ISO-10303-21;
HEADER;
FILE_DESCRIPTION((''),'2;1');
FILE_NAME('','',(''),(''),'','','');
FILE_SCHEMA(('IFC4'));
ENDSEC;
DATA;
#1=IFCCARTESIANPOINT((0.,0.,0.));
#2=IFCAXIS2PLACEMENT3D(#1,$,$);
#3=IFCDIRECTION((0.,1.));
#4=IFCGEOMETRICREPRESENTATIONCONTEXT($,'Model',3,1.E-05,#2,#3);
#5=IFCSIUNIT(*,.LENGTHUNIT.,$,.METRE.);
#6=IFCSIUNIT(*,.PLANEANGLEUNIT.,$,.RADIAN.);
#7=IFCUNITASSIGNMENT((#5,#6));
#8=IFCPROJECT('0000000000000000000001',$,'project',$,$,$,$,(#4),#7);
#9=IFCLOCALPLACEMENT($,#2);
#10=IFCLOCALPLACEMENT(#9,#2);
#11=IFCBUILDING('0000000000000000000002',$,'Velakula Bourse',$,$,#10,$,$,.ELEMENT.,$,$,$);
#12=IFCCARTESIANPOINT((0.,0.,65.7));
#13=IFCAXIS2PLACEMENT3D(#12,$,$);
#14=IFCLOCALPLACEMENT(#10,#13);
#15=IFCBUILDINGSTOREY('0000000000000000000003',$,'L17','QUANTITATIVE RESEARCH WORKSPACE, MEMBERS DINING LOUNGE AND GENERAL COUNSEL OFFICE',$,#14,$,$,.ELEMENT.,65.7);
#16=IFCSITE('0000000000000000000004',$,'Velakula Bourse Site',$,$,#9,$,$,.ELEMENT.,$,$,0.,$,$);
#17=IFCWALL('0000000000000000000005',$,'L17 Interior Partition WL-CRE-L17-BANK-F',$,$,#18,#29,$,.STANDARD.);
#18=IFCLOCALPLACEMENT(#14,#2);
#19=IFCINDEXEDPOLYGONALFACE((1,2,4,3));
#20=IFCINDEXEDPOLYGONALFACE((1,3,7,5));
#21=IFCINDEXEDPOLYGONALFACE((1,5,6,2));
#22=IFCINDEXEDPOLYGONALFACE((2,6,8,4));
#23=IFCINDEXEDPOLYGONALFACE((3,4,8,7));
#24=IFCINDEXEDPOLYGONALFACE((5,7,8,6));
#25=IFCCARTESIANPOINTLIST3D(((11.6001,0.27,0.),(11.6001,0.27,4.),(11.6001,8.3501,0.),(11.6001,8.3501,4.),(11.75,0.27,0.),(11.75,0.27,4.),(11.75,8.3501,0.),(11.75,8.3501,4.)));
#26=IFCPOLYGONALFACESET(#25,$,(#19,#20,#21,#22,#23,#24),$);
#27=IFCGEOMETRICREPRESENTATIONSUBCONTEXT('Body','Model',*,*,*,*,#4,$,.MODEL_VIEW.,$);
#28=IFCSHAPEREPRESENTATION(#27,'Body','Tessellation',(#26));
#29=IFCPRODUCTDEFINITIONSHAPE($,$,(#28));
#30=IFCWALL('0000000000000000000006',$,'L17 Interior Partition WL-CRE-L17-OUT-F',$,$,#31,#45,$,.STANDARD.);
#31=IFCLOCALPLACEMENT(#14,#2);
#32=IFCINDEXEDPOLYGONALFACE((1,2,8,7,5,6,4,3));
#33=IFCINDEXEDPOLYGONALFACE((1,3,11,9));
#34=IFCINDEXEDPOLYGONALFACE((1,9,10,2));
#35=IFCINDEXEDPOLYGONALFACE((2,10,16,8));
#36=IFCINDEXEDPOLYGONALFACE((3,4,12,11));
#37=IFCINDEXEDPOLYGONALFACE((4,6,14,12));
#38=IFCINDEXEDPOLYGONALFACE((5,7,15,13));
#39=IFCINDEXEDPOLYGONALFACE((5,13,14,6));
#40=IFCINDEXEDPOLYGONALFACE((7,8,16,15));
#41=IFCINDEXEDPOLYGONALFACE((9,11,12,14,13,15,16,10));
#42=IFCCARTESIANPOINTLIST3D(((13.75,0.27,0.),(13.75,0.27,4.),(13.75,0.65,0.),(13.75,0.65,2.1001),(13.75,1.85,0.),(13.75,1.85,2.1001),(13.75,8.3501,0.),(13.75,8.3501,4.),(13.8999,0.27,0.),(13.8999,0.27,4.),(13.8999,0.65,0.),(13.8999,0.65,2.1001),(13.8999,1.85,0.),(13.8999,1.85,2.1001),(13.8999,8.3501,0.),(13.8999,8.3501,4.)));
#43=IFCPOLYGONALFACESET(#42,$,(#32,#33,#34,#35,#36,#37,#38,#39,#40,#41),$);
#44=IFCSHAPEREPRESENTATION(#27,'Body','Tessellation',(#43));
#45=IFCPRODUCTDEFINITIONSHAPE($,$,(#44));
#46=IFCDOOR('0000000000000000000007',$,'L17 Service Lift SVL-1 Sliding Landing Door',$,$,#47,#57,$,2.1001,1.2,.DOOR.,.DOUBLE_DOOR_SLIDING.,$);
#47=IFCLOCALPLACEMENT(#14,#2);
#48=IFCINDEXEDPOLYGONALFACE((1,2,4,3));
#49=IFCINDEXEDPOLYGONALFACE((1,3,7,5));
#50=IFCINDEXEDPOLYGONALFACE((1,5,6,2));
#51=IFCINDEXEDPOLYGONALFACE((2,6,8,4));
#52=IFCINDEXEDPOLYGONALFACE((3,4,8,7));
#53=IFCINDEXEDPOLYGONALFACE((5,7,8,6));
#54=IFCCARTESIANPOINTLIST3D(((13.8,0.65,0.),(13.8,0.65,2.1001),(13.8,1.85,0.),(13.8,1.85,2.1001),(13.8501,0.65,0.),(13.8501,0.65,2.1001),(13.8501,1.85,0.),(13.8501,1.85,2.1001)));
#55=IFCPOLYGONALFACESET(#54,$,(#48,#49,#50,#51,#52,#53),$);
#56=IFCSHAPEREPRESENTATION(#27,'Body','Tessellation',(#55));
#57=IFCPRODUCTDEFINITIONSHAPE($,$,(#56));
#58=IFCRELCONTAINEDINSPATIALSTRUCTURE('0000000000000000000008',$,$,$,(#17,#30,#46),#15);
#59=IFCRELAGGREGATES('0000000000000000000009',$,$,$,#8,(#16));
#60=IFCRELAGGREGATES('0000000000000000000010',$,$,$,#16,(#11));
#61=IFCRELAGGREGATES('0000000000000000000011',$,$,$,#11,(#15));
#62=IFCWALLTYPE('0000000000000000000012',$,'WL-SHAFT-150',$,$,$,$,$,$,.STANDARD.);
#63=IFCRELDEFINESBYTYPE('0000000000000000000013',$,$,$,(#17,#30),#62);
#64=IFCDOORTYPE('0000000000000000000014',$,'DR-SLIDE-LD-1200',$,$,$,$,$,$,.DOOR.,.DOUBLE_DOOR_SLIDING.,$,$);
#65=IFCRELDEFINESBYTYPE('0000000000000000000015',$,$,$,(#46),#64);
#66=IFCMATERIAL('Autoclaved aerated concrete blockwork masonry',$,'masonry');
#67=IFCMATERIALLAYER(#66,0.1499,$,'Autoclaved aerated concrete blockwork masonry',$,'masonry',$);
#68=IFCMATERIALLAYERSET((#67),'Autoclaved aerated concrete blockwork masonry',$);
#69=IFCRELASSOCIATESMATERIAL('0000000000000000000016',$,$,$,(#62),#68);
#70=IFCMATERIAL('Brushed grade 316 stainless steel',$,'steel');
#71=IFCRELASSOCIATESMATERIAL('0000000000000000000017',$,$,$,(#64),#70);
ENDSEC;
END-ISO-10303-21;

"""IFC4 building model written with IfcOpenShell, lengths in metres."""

from ifc_helpers import new_model, si_unit, direction, frame, frame_2d, origin, place, context, subcontext, project, spatial, rectangle, extrude, material, layer, layer_set, type_object, element, fill, save


model = new_model("IFC4")

# Units and contexts
model_context = context("Model", 3, precision=1e-05, world=origin(), true_north=direction((0.0, 1.0)))
body_context = subcontext(model_context, "Body", "Model", "MODEL_VIEW")
ifc_project = project(units=[si_unit("LENGTHUNIT", "METRE"), si_unit("PLANEANGLEUNIT", "RADIAN")], contexts=[model_context])

# Site, building, storey
site_placement = place(None, origin())
site = spatial("IfcSite", under=ifc_project, at=site_placement, Name="Velakula Bourse Site", CompositionType="ELEMENT", RefElevation=0.0)
building_placement = place(site_placement, origin())
building = spatial("IfcBuilding", under=site, at=building_placement, Name="Velakula Bourse", CompositionType="ELEMENT")
storey_placement = place(building_placement, frame((0.0, 0.0, 65.7)))
storey = spatial("IfcBuildingStorey", under=building, at=storey_placement, Name="L17", Description="QUANTITATIVE RESEARCH WORKSPACE, MEMBERS DINING LOUNGE AND GENERAL COUNSEL OFFICE", CompositionType="ELEMENT", Elevation=65.7)

# Wall
ifc_material_1 = material(Name="Autoclaved aerated concrete blockwork masonry", Category="masonry")
ifc_layer_1 = layer(ifc_material_1, 0.1499, Name="Autoclaved aerated concrete blockwork masonry", Category="masonry")
ifc_layer_set_1 = layer_set([ifc_layer_1], Name="Autoclaved aerated concrete blockwork masonry")
wall_type_1 = type_object("IfcWallType", Name="WL-SHAFT-150", PredefinedType="STANDARD", material=ifc_layer_set_1)
wall_1_placement = place(storey_placement, frame((11.675, 0.27, 0.0), z_axis=(0.0, 0.0, 1.0), x_axis=(0.0, 1.0, 0.0)))
element("IfcWall", 1, at=wall_1_placement, inside=storey, type_object=wall_type_1, Name="L17 Interior Partition WL-CRE-L17-BANK-F", PredefinedType="STANDARD", context=body_context, shape_type="SweptSolid", body=[
    extrude(rectangle(XDim=8.0801, YDim=0.1499, at=frame_2d((4.04, 0.0))), origin(), (0.0, 0.0, 1.0), 4.0),
])

# Wall, opening, door
wall_2_placement = place(storey_placement, frame((13.825, 0.27, 0.0), z_axis=(0.0, 0.0, 1.0), x_axis=(0.0, 1.0, 0.0)))
wall_2 = element("IfcWall", 2, at=wall_2_placement, inside=storey, type_object=wall_type_1, Name="L17 Interior Partition WL-CRE-L17-OUT-F", PredefinedType="STANDARD", context=body_context, shape_type="SweptSolid", body=[
    extrude(rectangle(XDim=8.0801, YDim=0.1499, at=frame_2d((4.04, 0.0))), origin(), (0.0, 0.0, 1.0), 4.0),
])
opening_1_placement = place(wall_2_placement, frame((0.3799, 0.0, 0.0)))
opening_1 = element("IfcOpeningElement", 3, at=opening_1_placement, cuts=wall_2, PredefinedType="OPENING", context=body_context, shape_type="SweptSolid", body=[
    extrude(rectangle(XDim=1.2, YDim=2.1001, at=frame_2d((0.6001, 1.05))), frame((0.0, 0.085, 0.0), z_axis=(0.0, -1.0, 0.0), x_axis=(1.0, 0.0, 0.0)), (0.0, 0.0, 1.0), 0.1699),
])
ifc_material_2 = material(Name="Brushed grade 316 stainless steel", Category="steel")
door_type_1 = type_object("IfcDoorType", Name="DR-SLIDE-LD-1200", OperationType="DOUBLE_DOOR_SLIDING", PredefinedType="DOOR", material=ifc_material_2)
door_1_placement = place(opening_1_placement, origin())
door_1 = element("IfcDoor", 4, at=door_1_placement, inside=storey, type_object=door_type_1, Name="L17 Service Lift SVL-1 Sliding Landing Door", OperationType="DOUBLE_DOOR_SLIDING", OverallHeight=2.1001, OverallWidth=1.2, PredefinedType="DOOR", context=body_context, shape_type="SweptSolid", body=[
    extrude(rectangle(XDim=1.2, YDim=2.1001, at=frame_2d((0.6001, 1.05))), frame((0.0, 0.0249, 0.0), z_axis=(0.0, -1.0, 0.0), x_axis=(1.0, 0.0, 0.0)), (0.0, 0.0, 1.0), 0.05),
])
fill(opening_1, door_1)

save(model, "model.ifc")
